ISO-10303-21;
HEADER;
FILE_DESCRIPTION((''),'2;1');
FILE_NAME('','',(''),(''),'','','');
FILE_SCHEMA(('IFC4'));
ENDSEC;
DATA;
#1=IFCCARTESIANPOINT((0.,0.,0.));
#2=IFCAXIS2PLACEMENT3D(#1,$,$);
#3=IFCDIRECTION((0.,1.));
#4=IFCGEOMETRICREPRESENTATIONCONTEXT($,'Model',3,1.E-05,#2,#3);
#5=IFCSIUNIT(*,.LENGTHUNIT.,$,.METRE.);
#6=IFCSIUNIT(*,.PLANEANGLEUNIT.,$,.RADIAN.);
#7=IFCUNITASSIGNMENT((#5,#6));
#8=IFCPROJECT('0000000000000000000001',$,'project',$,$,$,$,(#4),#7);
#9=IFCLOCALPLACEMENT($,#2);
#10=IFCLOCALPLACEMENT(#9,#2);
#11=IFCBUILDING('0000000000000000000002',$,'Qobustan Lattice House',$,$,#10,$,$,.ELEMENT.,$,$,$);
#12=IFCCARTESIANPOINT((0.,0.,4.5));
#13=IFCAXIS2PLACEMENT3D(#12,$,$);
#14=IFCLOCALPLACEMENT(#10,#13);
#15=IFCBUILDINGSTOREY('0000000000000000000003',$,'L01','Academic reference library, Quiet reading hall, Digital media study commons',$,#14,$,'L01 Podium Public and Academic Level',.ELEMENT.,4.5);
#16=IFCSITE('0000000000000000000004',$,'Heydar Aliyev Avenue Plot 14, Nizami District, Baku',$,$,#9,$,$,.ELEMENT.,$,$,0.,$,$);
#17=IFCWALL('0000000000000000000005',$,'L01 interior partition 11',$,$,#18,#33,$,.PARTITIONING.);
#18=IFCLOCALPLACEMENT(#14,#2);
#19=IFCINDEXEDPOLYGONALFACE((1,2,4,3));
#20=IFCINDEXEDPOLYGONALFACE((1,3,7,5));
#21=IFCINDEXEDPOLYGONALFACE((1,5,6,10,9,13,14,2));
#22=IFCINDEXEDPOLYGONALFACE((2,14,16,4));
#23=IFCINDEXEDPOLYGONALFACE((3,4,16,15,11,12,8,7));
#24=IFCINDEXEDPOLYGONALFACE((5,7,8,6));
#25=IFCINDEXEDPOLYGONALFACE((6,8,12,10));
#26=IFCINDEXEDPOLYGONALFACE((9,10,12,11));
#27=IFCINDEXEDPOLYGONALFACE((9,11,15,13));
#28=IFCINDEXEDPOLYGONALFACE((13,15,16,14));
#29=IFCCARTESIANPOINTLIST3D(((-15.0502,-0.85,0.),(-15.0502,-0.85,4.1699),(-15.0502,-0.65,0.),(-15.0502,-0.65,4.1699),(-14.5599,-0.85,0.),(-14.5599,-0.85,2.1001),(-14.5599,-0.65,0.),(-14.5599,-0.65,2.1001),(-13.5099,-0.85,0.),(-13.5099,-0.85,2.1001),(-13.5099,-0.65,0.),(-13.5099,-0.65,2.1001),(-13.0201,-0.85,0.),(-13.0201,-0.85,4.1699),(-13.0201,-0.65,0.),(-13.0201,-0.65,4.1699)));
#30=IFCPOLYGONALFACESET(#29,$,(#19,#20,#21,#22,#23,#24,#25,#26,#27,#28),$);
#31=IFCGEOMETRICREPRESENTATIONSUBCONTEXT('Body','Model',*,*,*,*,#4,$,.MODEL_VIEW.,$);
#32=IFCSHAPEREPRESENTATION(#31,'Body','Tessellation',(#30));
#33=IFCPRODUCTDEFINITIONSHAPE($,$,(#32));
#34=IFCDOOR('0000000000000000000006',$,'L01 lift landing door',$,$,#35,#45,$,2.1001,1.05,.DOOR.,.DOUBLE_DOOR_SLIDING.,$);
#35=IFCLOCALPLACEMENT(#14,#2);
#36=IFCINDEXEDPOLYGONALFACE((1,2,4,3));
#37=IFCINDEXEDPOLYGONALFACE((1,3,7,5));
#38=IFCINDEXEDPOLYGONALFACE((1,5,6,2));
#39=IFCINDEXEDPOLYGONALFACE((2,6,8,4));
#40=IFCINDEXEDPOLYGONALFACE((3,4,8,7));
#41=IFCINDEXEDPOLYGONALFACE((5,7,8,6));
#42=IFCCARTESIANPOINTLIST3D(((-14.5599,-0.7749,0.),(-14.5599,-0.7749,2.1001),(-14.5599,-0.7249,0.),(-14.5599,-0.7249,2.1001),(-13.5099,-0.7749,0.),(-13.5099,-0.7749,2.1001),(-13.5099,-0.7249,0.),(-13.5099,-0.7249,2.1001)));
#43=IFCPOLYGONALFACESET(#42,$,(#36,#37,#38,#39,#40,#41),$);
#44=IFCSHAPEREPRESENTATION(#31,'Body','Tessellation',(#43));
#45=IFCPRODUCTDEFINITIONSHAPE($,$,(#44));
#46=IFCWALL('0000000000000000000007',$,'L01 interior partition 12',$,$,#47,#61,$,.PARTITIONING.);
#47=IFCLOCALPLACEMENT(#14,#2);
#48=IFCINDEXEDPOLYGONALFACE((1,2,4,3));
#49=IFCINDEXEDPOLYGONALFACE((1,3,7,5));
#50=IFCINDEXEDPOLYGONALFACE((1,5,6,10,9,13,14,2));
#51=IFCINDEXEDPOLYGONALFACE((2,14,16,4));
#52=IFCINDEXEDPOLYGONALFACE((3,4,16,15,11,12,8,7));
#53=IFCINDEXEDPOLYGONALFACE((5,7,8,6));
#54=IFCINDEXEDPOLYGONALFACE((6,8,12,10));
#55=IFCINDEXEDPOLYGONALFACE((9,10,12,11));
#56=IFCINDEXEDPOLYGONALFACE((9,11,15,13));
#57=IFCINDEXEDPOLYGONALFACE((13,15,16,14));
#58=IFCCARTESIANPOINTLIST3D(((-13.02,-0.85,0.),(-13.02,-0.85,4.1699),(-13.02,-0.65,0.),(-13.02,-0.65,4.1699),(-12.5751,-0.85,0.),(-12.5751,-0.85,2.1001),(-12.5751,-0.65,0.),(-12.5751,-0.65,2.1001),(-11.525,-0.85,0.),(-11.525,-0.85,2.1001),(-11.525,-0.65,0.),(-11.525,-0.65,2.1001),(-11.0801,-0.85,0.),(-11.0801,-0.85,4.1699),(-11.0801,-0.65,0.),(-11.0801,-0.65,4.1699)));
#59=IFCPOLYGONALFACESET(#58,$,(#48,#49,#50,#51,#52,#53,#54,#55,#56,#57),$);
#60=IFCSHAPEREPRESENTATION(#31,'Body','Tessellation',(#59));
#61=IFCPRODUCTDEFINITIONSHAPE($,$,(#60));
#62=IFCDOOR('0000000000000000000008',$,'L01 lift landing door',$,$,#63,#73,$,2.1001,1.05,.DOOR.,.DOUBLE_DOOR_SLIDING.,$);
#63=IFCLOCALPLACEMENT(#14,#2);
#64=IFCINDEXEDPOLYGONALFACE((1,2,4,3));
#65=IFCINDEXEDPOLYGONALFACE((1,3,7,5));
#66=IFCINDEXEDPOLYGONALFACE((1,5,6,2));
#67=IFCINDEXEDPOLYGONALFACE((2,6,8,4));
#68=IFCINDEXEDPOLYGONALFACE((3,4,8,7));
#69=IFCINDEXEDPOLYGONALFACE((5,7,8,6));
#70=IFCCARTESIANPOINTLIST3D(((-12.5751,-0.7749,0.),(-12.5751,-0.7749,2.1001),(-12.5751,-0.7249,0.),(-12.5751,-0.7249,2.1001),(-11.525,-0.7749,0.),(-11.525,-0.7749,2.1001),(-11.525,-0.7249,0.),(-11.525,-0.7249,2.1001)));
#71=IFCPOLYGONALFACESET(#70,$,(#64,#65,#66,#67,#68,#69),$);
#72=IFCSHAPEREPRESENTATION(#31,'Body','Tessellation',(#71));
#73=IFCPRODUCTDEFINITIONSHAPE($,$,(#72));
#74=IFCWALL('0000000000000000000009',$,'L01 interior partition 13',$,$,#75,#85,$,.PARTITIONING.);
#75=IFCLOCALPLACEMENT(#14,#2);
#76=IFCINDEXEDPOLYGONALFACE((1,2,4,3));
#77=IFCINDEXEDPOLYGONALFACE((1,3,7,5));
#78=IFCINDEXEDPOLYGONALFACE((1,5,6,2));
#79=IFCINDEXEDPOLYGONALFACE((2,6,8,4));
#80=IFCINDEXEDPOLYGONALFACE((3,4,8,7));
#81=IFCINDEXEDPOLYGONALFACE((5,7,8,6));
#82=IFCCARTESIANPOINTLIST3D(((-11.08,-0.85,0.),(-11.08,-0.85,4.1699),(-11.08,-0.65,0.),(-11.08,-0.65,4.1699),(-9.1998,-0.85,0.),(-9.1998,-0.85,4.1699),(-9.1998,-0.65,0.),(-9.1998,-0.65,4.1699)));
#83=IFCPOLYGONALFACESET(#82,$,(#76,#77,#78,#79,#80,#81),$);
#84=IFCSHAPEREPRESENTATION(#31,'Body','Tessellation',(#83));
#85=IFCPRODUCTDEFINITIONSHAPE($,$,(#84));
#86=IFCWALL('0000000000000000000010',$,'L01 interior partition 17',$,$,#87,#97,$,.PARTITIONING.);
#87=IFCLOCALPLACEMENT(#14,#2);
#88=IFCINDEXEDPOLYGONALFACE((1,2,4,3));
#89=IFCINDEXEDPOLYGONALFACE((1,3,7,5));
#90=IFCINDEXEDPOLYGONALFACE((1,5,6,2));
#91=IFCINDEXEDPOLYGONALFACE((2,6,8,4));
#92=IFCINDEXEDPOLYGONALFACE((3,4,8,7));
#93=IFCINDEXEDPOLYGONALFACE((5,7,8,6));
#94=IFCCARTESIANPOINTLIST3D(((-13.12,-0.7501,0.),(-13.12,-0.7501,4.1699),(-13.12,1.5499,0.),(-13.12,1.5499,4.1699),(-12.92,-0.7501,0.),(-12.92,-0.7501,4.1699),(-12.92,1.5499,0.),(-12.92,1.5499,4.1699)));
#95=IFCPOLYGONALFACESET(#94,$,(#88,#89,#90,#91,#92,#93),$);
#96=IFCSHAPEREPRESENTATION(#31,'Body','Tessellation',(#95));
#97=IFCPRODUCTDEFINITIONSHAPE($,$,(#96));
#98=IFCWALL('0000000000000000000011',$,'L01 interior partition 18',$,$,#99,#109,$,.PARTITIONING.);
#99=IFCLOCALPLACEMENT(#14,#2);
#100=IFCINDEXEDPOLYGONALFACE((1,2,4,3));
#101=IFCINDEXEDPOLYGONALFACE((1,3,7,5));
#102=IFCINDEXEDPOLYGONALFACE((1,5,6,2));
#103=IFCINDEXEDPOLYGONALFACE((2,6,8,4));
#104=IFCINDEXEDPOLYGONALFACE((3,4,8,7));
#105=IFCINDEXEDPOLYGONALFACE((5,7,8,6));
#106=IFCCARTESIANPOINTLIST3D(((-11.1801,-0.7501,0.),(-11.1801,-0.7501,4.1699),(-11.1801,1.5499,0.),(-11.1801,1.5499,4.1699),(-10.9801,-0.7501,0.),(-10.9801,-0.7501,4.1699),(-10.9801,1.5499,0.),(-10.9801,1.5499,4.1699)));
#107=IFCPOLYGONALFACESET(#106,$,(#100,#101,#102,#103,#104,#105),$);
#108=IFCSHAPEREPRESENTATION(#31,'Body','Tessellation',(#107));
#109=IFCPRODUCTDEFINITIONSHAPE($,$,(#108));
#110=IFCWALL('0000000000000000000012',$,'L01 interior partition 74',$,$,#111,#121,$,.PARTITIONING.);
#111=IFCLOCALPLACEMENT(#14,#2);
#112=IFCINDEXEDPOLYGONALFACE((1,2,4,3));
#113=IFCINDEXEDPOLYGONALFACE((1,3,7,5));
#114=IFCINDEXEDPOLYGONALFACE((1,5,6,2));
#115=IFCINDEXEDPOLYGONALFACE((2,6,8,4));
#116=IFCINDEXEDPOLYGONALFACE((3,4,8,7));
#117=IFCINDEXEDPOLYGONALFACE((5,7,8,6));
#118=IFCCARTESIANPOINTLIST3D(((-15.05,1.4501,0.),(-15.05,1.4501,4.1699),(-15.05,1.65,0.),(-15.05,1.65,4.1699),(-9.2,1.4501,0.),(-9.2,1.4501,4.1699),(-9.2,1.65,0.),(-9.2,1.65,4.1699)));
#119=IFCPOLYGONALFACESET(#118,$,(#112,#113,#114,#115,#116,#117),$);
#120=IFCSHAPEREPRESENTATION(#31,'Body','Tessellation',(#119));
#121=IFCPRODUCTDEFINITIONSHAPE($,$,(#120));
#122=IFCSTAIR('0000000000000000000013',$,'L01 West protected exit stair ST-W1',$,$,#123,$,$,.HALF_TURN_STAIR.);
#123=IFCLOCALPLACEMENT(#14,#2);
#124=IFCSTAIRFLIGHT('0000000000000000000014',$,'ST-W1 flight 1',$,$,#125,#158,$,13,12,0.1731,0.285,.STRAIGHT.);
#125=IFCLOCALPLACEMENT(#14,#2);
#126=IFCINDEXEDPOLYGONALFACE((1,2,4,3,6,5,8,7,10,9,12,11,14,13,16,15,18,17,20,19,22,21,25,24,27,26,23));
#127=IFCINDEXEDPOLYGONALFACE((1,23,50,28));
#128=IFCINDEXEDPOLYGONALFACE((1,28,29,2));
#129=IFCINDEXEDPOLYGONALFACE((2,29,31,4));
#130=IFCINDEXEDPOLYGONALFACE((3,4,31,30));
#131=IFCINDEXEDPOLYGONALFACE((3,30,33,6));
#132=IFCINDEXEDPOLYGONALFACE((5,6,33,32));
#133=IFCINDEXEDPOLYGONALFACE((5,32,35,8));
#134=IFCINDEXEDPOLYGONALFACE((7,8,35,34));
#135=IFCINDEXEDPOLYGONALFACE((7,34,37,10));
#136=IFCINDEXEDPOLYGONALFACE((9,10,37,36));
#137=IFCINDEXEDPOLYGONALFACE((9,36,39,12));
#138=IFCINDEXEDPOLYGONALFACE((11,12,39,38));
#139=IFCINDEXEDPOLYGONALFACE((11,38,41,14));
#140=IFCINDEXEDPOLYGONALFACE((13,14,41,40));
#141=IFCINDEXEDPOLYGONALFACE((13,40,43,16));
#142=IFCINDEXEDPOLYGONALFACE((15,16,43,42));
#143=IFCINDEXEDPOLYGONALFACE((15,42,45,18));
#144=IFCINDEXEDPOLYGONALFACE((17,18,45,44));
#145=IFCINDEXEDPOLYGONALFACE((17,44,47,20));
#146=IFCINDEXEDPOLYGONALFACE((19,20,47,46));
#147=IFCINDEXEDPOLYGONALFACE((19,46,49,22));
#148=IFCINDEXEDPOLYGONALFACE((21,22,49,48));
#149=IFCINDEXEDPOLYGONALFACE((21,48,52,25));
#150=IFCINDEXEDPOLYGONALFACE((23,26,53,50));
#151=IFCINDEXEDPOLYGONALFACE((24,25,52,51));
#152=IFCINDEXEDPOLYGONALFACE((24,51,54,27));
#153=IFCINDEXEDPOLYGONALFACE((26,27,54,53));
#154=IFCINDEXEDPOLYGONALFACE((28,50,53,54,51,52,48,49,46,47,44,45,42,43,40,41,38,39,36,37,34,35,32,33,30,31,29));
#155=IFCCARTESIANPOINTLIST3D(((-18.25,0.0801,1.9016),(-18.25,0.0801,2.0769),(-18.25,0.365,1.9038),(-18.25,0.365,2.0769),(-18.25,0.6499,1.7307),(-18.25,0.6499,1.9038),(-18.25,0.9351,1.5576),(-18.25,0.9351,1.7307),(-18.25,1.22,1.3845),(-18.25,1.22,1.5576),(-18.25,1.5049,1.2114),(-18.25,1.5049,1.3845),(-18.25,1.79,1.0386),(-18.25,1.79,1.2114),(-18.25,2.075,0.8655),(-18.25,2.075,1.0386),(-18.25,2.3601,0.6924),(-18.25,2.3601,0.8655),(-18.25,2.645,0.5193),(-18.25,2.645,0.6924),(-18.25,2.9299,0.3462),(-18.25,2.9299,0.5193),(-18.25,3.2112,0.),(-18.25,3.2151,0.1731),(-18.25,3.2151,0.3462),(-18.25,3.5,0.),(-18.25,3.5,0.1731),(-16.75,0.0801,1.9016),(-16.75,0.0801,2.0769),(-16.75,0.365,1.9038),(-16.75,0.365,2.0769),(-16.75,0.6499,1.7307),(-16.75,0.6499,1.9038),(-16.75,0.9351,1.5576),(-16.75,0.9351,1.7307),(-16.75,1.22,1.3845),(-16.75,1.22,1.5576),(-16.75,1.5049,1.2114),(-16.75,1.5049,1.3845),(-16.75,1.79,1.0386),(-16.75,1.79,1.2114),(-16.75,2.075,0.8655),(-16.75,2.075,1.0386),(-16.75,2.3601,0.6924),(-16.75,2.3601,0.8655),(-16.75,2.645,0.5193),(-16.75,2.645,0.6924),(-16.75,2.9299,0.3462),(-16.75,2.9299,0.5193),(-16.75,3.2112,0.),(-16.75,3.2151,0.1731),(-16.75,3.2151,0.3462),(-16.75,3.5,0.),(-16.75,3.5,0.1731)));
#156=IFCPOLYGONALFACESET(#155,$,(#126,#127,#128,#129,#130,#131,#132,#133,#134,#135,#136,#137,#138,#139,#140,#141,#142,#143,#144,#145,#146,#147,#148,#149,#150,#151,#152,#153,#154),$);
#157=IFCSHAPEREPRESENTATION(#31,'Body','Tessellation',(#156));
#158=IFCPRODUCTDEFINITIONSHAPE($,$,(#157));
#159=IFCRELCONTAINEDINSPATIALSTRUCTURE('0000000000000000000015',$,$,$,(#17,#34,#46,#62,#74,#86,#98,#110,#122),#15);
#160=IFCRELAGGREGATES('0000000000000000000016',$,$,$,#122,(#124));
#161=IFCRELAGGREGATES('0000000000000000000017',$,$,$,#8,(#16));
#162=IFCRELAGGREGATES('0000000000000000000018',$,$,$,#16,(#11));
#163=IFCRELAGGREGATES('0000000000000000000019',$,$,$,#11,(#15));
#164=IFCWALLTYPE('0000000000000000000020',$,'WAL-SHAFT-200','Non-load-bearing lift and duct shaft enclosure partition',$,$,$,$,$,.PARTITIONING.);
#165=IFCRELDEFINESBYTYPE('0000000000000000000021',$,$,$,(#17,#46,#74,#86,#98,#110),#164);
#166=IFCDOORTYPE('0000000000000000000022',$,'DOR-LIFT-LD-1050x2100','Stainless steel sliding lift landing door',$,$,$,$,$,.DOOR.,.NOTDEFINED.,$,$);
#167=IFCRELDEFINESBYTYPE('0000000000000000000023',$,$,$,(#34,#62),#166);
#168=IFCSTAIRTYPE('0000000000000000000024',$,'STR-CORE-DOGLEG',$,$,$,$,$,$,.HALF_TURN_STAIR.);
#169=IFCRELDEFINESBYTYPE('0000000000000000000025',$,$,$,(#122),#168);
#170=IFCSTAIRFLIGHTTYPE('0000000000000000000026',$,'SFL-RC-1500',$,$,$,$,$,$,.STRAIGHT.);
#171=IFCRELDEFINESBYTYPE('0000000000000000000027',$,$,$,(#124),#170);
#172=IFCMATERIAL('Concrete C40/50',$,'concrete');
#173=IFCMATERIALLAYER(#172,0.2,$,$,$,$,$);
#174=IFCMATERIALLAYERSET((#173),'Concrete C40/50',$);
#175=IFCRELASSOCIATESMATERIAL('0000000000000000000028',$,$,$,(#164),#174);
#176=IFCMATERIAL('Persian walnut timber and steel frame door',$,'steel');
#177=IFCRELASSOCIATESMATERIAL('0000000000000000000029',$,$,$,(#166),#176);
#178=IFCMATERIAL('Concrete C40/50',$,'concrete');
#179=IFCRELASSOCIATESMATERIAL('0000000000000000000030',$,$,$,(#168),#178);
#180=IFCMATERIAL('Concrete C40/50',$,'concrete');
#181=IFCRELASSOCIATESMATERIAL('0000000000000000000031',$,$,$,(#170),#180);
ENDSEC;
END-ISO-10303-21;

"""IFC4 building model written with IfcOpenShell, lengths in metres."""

from ifc_helpers import new_model, si_unit, direction, frame, frame_2d, origin, place, context, subcontext, project, spatial, polyline, rectangle, outline, extrude, material, layer, layer_set, type_object, element, fill, aggregate, save


model = new_model("IFC4")

# Units and contexts
model_context = context("Model", 3, precision=1e-05, world=origin(), true_north=direction((0.0, 1.0)))
body_context = subcontext(model_context, "Body", "Model", "MODEL_VIEW")
ifc_project = project(units=[si_unit("LENGTHUNIT", "METRE"), si_unit("PLANEANGLEUNIT", "RADIAN")], contexts=[model_context])

# Site, building, storey
site_placement = place(None, origin())
site = spatial("IfcSite", under=ifc_project, at=site_placement, Name="Heydar Aliyev Avenue Plot 14, Nizami District, Baku", CompositionType="ELEMENT", RefElevation=0.0)
building_placement = place(site_placement, origin())
building = spatial("IfcBuilding", under=site, at=building_placement, Name="Qobustan Lattice House", CompositionType="ELEMENT")
storey_placement = place(building_placement, frame((0.0, 0.0, 4.5)))
storey = spatial("IfcBuildingStorey", under=building, at=storey_placement, Name="L01", Description="Academic reference library, Quiet reading hall, Digital media study commons", LongName="L01 Podium Public and Academic Level", CompositionType="ELEMENT", Elevation=4.5)

# Shared definitions
ifc_material_1 = material(Name="Concrete C40/50", Category="concrete")
ifc_layer_1 = layer(ifc_material_1, 0.2)
ifc_layer_set_1 = layer_set([ifc_layer_1], Name="Concrete C40/50")
wall_type_1 = type_object("IfcWallType", Name="WAL-SHAFT-200", Description="Non-load-bearing lift and duct shaft enclosure partition", PredefinedType="PARTITIONING", material=ifc_layer_set_1)

# Walls, openings, doors
wall_1_placement = place(storey_placement, frame((-13.02, -0.75, 0.0), z_axis=(0.0, 0.0, 1.0), x_axis=(-1.0, 0.0, 0.0)))
wall_1 = element("IfcWall", 1, at=wall_1_placement, inside=storey, type_object=wall_type_1, Name="L01 interior partition 11", PredefinedType="PARTITIONING", context=body_context, shape_type="SweptSolid", body=[
    extrude(rectangle(XDim=2.03, YDim=0.2, at=frame_2d((1.0151, 0.0))), origin(), (0.0, 0.0, 1.0), 4.1699),
])
opening_1_placement = place(wall_1_placement, frame((0.49, 0.0, 0.0)))
opening_1 = element("IfcOpeningElement", 2, at=opening_1_placement, cuts=wall_1, PredefinedType="OPENING", context=body_context, shape_type="SweptSolid", body=[
    extrude(rectangle(XDim=1.05, YDim=2.1001, at=frame_2d((0.5249, 1.05))), frame((0.0, 0.1099, 0.0), z_axis=(0.0, -1.0, 0.0), x_axis=(1.0, 0.0, 0.0)), (0.0, 0.0, 1.0), 0.22),
])
ifc_material_2 = material(Name="Persian walnut timber and steel frame door", Category="steel")
door_type = type_object("IfcDoorType", Name="DOR-LIFT-LD-1050x2100", Description="Stainless steel sliding lift landing door", OperationType="NOTDEFINED", PredefinedType="DOOR", material=ifc_material_2)
door_1_placement = place(opening_1_placement, origin())
door_1 = element("IfcDoor", 3, at=door_1_placement, inside=storey, type_object=door_type, Name="L01 lift landing door", OperationType="DOUBLE_DOOR_SLIDING", OverallHeight=2.1001, OverallWidth=1.05, PredefinedType="DOOR", context=body_context, shape_type="SweptSolid", body=[
    extrude(rectangle(XDim=1.05, YDim=2.1001, at=frame_2d((0.5249, 1.05))), frame((0.0, 0.0249, 0.0), z_axis=(0.0, -1.0, 0.0), x_axis=(1.0, 0.0, 0.0)), (0.0, 0.0, 1.0), 0.05),
])
fill(opening_1, door_1)
wall_2_placement = place(storey_placement, frame((-11.0801, -0.75, 0.0), z_axis=(0.0, 0.0, 1.0), x_axis=(-1.0, 0.0, 0.0)))
wall_2 = element("IfcWall", 4, at=wall_2_placement, inside=storey, type_object=wall_type_1, Name="L01 interior partition 12", PredefinedType="PARTITIONING", context=body_context, shape_type="SweptSolid", body=[
    extrude(rectangle(XDim=1.9399, YDim=0.2, at=frame_2d((0.97, 0.0))), origin(), (0.0, 0.0, 1.0), 4.1699),
])
opening_2_placement = place(wall_2_placement, frame((0.4451, 0.0, 0.0)))
opening_2 = element("IfcOpeningElement", 5, at=opening_2_placement, cuts=wall_2, PredefinedType="OPENING", context=body_context, shape_type="SweptSolid", body=[
    extrude(rectangle(XDim=1.05, YDim=2.1001, at=frame_2d((0.5249, 1.05))), frame((0.0, 0.1099, 0.0), z_axis=(0.0, -1.0, 0.0), x_axis=(1.0, 0.0, 0.0)), (0.0, 0.0, 1.0), 0.22),
])
door_2_placement = place(opening_2_placement, origin())
door_2 = element("IfcDoor", 6, at=door_2_placement, inside=storey, type_object=door_type, Name="L01 lift landing door", OperationType="DOUBLE_DOOR_SLIDING", OverallHeight=2.1001, OverallWidth=1.05, PredefinedType="DOOR", context=body_context, shape_type="SweptSolid", body=[
    extrude(rectangle(XDim=1.05, YDim=2.1001, at=frame_2d((0.5249, 1.05))), frame((0.0, 0.0249, 0.0), z_axis=(0.0, -1.0, 0.0), x_axis=(1.0, 0.0, 0.0)), (0.0, 0.0, 1.0), 0.05),
])
fill(opening_2, door_2)

# Walls
wall_3_placement = place(storey_placement, frame((-9.2, -0.75, 0.0), z_axis=(0.0, 0.0, 1.0), x_axis=(-1.0, 0.0, 0.0)))
element("IfcWall", 7, at=wall_3_placement, inside=storey, type_object=wall_type_1, Name="L01 interior partition 13", PredefinedType="PARTITIONING", context=body_context, shape_type="SweptSolid", body=[
    extrude(rectangle(XDim=1.8801, YDim=0.2, at=frame_2d((0.9399, 0.0))), origin(), (0.0, 0.0, 1.0), 4.1699),
])
for number, where, z_axis, x_axis, name in (
    (8, (-13.02, -0.75, 0.0), (0.0, 0.0, 1.0), (0.0, 1.0, 0.0), "L01 interior partition 17"),
    (9, (-11.0801, -0.75, 0.0), (0.0, 0.0, 1.0), (0.0, 1.0, 0.0), "L01 interior partition 18"),
):
    element("IfcWall", number, at=place(storey_placement, frame(where, z_axis=z_axis, x_axis=x_axis)), inside=storey, type_object=wall_type_1, Name=name, PredefinedType="PARTITIONING", context=body_context, shape_type="SweptSolid", body=[
        extrude(rectangle(XDim=2.3, YDim=0.2, at=frame_2d((1.1499, 0.0))), origin(), (0.0, 0.0, 1.0), 4.1699),
    ])
wall_4_placement = place(storey_placement, frame((-15.05, 1.55, 0.0), z_axis=(0.0, 0.0, 1.0), x_axis=(1.0, 0.0, 0.0)))
element("IfcWall", 10, at=wall_4_placement, inside=storey, type_object=wall_type_1, Name="L01 interior partition 74", PredefinedType="PARTITIONING", context=body_context, shape_type="SweptSolid", body=[
    extrude(rectangle(XDim=5.8501, YDim=0.2, at=frame_2d((2.925, 0.0))), origin(), (0.0, 0.0, 1.0), 4.1699),
])

# Stair, stair flight
ifc_material_3 = material(Name="Concrete C40/50", Category="concrete")
stair_type = type_object("IfcStairType", Name="STR-CORE-DOGLEG", PredefinedType="HALF_TURN_STAIR", material=ifc_material_3)
stair_placement = place(storey_placement, origin())
stair = element("IfcStair", 11, at=stair_placement, inside=storey, type_object=stair_type, Name="L01 West protected exit stair ST-W1", PredefinedType="HALF_TURN_STAIR")
ifc_material_4 = material(Name="Concrete C40/50", Category="concrete")
stair_flight_type = type_object("IfcStairFlightType", Name="SFL-RC-1500", PredefinedType="STRAIGHT", material=ifc_material_4)
stair_flight_1_placement = place(storey_placement, frame((-17.5, 3.5, 0.0), z_axis=(0.0, 0.0, 1.0), x_axis=(0.0, -1.0, 0.0)))
stair_flight_1 = element("IfcStairFlight", 12, at=stair_flight_1_placement, type_object=stair_flight_type, Name="ST-W1 flight 1", NumberOfRisers=13, NumberOfTreads=12, PredefinedType="STRAIGHT", RiserHeight=0.1731, TreadLength=0.285, context=body_context, shape_type="SweptSolid", body=[
    extrude(outline(polyline([(0.0, 0.0), (0.0, 0.1731), (0.2849, 0.1731), (0.2849, 0.3462), (0.5701, 0.3462), (0.5701, 0.5193), (0.855, 0.5193), (0.855, 0.6924), (1.1399, 0.6924), (1.1399, 0.8655), (1.425, 0.8655), (1.425, 1.0386), (1.71, 1.0386), (1.71, 1.2114), (1.9951, 1.2114), (1.9951, 1.3845), (2.28, 1.3845), (2.28, 1.5576), (2.5649, 1.5576), (2.5649, 1.7307), (2.8501, 1.7307), (2.8501, 1.9038), (3.135, 1.9038), (3.135, 2.0769), (3.4199, 2.0769), (3.4199, 2.25), (3.4199, 1.9016), (0.2888, 0.0), (0.0, 0.0)])), frame((0.0, 0.75, 0.0), z_axis=(0.0, -1.0, 0.0), x_axis=(1.0, 0.0, 0.0)), (0.0, 0.0, 1.0), 1.5),
])
aggregate(stair, [stair_flight_1])

save(model, "model.ifc")
